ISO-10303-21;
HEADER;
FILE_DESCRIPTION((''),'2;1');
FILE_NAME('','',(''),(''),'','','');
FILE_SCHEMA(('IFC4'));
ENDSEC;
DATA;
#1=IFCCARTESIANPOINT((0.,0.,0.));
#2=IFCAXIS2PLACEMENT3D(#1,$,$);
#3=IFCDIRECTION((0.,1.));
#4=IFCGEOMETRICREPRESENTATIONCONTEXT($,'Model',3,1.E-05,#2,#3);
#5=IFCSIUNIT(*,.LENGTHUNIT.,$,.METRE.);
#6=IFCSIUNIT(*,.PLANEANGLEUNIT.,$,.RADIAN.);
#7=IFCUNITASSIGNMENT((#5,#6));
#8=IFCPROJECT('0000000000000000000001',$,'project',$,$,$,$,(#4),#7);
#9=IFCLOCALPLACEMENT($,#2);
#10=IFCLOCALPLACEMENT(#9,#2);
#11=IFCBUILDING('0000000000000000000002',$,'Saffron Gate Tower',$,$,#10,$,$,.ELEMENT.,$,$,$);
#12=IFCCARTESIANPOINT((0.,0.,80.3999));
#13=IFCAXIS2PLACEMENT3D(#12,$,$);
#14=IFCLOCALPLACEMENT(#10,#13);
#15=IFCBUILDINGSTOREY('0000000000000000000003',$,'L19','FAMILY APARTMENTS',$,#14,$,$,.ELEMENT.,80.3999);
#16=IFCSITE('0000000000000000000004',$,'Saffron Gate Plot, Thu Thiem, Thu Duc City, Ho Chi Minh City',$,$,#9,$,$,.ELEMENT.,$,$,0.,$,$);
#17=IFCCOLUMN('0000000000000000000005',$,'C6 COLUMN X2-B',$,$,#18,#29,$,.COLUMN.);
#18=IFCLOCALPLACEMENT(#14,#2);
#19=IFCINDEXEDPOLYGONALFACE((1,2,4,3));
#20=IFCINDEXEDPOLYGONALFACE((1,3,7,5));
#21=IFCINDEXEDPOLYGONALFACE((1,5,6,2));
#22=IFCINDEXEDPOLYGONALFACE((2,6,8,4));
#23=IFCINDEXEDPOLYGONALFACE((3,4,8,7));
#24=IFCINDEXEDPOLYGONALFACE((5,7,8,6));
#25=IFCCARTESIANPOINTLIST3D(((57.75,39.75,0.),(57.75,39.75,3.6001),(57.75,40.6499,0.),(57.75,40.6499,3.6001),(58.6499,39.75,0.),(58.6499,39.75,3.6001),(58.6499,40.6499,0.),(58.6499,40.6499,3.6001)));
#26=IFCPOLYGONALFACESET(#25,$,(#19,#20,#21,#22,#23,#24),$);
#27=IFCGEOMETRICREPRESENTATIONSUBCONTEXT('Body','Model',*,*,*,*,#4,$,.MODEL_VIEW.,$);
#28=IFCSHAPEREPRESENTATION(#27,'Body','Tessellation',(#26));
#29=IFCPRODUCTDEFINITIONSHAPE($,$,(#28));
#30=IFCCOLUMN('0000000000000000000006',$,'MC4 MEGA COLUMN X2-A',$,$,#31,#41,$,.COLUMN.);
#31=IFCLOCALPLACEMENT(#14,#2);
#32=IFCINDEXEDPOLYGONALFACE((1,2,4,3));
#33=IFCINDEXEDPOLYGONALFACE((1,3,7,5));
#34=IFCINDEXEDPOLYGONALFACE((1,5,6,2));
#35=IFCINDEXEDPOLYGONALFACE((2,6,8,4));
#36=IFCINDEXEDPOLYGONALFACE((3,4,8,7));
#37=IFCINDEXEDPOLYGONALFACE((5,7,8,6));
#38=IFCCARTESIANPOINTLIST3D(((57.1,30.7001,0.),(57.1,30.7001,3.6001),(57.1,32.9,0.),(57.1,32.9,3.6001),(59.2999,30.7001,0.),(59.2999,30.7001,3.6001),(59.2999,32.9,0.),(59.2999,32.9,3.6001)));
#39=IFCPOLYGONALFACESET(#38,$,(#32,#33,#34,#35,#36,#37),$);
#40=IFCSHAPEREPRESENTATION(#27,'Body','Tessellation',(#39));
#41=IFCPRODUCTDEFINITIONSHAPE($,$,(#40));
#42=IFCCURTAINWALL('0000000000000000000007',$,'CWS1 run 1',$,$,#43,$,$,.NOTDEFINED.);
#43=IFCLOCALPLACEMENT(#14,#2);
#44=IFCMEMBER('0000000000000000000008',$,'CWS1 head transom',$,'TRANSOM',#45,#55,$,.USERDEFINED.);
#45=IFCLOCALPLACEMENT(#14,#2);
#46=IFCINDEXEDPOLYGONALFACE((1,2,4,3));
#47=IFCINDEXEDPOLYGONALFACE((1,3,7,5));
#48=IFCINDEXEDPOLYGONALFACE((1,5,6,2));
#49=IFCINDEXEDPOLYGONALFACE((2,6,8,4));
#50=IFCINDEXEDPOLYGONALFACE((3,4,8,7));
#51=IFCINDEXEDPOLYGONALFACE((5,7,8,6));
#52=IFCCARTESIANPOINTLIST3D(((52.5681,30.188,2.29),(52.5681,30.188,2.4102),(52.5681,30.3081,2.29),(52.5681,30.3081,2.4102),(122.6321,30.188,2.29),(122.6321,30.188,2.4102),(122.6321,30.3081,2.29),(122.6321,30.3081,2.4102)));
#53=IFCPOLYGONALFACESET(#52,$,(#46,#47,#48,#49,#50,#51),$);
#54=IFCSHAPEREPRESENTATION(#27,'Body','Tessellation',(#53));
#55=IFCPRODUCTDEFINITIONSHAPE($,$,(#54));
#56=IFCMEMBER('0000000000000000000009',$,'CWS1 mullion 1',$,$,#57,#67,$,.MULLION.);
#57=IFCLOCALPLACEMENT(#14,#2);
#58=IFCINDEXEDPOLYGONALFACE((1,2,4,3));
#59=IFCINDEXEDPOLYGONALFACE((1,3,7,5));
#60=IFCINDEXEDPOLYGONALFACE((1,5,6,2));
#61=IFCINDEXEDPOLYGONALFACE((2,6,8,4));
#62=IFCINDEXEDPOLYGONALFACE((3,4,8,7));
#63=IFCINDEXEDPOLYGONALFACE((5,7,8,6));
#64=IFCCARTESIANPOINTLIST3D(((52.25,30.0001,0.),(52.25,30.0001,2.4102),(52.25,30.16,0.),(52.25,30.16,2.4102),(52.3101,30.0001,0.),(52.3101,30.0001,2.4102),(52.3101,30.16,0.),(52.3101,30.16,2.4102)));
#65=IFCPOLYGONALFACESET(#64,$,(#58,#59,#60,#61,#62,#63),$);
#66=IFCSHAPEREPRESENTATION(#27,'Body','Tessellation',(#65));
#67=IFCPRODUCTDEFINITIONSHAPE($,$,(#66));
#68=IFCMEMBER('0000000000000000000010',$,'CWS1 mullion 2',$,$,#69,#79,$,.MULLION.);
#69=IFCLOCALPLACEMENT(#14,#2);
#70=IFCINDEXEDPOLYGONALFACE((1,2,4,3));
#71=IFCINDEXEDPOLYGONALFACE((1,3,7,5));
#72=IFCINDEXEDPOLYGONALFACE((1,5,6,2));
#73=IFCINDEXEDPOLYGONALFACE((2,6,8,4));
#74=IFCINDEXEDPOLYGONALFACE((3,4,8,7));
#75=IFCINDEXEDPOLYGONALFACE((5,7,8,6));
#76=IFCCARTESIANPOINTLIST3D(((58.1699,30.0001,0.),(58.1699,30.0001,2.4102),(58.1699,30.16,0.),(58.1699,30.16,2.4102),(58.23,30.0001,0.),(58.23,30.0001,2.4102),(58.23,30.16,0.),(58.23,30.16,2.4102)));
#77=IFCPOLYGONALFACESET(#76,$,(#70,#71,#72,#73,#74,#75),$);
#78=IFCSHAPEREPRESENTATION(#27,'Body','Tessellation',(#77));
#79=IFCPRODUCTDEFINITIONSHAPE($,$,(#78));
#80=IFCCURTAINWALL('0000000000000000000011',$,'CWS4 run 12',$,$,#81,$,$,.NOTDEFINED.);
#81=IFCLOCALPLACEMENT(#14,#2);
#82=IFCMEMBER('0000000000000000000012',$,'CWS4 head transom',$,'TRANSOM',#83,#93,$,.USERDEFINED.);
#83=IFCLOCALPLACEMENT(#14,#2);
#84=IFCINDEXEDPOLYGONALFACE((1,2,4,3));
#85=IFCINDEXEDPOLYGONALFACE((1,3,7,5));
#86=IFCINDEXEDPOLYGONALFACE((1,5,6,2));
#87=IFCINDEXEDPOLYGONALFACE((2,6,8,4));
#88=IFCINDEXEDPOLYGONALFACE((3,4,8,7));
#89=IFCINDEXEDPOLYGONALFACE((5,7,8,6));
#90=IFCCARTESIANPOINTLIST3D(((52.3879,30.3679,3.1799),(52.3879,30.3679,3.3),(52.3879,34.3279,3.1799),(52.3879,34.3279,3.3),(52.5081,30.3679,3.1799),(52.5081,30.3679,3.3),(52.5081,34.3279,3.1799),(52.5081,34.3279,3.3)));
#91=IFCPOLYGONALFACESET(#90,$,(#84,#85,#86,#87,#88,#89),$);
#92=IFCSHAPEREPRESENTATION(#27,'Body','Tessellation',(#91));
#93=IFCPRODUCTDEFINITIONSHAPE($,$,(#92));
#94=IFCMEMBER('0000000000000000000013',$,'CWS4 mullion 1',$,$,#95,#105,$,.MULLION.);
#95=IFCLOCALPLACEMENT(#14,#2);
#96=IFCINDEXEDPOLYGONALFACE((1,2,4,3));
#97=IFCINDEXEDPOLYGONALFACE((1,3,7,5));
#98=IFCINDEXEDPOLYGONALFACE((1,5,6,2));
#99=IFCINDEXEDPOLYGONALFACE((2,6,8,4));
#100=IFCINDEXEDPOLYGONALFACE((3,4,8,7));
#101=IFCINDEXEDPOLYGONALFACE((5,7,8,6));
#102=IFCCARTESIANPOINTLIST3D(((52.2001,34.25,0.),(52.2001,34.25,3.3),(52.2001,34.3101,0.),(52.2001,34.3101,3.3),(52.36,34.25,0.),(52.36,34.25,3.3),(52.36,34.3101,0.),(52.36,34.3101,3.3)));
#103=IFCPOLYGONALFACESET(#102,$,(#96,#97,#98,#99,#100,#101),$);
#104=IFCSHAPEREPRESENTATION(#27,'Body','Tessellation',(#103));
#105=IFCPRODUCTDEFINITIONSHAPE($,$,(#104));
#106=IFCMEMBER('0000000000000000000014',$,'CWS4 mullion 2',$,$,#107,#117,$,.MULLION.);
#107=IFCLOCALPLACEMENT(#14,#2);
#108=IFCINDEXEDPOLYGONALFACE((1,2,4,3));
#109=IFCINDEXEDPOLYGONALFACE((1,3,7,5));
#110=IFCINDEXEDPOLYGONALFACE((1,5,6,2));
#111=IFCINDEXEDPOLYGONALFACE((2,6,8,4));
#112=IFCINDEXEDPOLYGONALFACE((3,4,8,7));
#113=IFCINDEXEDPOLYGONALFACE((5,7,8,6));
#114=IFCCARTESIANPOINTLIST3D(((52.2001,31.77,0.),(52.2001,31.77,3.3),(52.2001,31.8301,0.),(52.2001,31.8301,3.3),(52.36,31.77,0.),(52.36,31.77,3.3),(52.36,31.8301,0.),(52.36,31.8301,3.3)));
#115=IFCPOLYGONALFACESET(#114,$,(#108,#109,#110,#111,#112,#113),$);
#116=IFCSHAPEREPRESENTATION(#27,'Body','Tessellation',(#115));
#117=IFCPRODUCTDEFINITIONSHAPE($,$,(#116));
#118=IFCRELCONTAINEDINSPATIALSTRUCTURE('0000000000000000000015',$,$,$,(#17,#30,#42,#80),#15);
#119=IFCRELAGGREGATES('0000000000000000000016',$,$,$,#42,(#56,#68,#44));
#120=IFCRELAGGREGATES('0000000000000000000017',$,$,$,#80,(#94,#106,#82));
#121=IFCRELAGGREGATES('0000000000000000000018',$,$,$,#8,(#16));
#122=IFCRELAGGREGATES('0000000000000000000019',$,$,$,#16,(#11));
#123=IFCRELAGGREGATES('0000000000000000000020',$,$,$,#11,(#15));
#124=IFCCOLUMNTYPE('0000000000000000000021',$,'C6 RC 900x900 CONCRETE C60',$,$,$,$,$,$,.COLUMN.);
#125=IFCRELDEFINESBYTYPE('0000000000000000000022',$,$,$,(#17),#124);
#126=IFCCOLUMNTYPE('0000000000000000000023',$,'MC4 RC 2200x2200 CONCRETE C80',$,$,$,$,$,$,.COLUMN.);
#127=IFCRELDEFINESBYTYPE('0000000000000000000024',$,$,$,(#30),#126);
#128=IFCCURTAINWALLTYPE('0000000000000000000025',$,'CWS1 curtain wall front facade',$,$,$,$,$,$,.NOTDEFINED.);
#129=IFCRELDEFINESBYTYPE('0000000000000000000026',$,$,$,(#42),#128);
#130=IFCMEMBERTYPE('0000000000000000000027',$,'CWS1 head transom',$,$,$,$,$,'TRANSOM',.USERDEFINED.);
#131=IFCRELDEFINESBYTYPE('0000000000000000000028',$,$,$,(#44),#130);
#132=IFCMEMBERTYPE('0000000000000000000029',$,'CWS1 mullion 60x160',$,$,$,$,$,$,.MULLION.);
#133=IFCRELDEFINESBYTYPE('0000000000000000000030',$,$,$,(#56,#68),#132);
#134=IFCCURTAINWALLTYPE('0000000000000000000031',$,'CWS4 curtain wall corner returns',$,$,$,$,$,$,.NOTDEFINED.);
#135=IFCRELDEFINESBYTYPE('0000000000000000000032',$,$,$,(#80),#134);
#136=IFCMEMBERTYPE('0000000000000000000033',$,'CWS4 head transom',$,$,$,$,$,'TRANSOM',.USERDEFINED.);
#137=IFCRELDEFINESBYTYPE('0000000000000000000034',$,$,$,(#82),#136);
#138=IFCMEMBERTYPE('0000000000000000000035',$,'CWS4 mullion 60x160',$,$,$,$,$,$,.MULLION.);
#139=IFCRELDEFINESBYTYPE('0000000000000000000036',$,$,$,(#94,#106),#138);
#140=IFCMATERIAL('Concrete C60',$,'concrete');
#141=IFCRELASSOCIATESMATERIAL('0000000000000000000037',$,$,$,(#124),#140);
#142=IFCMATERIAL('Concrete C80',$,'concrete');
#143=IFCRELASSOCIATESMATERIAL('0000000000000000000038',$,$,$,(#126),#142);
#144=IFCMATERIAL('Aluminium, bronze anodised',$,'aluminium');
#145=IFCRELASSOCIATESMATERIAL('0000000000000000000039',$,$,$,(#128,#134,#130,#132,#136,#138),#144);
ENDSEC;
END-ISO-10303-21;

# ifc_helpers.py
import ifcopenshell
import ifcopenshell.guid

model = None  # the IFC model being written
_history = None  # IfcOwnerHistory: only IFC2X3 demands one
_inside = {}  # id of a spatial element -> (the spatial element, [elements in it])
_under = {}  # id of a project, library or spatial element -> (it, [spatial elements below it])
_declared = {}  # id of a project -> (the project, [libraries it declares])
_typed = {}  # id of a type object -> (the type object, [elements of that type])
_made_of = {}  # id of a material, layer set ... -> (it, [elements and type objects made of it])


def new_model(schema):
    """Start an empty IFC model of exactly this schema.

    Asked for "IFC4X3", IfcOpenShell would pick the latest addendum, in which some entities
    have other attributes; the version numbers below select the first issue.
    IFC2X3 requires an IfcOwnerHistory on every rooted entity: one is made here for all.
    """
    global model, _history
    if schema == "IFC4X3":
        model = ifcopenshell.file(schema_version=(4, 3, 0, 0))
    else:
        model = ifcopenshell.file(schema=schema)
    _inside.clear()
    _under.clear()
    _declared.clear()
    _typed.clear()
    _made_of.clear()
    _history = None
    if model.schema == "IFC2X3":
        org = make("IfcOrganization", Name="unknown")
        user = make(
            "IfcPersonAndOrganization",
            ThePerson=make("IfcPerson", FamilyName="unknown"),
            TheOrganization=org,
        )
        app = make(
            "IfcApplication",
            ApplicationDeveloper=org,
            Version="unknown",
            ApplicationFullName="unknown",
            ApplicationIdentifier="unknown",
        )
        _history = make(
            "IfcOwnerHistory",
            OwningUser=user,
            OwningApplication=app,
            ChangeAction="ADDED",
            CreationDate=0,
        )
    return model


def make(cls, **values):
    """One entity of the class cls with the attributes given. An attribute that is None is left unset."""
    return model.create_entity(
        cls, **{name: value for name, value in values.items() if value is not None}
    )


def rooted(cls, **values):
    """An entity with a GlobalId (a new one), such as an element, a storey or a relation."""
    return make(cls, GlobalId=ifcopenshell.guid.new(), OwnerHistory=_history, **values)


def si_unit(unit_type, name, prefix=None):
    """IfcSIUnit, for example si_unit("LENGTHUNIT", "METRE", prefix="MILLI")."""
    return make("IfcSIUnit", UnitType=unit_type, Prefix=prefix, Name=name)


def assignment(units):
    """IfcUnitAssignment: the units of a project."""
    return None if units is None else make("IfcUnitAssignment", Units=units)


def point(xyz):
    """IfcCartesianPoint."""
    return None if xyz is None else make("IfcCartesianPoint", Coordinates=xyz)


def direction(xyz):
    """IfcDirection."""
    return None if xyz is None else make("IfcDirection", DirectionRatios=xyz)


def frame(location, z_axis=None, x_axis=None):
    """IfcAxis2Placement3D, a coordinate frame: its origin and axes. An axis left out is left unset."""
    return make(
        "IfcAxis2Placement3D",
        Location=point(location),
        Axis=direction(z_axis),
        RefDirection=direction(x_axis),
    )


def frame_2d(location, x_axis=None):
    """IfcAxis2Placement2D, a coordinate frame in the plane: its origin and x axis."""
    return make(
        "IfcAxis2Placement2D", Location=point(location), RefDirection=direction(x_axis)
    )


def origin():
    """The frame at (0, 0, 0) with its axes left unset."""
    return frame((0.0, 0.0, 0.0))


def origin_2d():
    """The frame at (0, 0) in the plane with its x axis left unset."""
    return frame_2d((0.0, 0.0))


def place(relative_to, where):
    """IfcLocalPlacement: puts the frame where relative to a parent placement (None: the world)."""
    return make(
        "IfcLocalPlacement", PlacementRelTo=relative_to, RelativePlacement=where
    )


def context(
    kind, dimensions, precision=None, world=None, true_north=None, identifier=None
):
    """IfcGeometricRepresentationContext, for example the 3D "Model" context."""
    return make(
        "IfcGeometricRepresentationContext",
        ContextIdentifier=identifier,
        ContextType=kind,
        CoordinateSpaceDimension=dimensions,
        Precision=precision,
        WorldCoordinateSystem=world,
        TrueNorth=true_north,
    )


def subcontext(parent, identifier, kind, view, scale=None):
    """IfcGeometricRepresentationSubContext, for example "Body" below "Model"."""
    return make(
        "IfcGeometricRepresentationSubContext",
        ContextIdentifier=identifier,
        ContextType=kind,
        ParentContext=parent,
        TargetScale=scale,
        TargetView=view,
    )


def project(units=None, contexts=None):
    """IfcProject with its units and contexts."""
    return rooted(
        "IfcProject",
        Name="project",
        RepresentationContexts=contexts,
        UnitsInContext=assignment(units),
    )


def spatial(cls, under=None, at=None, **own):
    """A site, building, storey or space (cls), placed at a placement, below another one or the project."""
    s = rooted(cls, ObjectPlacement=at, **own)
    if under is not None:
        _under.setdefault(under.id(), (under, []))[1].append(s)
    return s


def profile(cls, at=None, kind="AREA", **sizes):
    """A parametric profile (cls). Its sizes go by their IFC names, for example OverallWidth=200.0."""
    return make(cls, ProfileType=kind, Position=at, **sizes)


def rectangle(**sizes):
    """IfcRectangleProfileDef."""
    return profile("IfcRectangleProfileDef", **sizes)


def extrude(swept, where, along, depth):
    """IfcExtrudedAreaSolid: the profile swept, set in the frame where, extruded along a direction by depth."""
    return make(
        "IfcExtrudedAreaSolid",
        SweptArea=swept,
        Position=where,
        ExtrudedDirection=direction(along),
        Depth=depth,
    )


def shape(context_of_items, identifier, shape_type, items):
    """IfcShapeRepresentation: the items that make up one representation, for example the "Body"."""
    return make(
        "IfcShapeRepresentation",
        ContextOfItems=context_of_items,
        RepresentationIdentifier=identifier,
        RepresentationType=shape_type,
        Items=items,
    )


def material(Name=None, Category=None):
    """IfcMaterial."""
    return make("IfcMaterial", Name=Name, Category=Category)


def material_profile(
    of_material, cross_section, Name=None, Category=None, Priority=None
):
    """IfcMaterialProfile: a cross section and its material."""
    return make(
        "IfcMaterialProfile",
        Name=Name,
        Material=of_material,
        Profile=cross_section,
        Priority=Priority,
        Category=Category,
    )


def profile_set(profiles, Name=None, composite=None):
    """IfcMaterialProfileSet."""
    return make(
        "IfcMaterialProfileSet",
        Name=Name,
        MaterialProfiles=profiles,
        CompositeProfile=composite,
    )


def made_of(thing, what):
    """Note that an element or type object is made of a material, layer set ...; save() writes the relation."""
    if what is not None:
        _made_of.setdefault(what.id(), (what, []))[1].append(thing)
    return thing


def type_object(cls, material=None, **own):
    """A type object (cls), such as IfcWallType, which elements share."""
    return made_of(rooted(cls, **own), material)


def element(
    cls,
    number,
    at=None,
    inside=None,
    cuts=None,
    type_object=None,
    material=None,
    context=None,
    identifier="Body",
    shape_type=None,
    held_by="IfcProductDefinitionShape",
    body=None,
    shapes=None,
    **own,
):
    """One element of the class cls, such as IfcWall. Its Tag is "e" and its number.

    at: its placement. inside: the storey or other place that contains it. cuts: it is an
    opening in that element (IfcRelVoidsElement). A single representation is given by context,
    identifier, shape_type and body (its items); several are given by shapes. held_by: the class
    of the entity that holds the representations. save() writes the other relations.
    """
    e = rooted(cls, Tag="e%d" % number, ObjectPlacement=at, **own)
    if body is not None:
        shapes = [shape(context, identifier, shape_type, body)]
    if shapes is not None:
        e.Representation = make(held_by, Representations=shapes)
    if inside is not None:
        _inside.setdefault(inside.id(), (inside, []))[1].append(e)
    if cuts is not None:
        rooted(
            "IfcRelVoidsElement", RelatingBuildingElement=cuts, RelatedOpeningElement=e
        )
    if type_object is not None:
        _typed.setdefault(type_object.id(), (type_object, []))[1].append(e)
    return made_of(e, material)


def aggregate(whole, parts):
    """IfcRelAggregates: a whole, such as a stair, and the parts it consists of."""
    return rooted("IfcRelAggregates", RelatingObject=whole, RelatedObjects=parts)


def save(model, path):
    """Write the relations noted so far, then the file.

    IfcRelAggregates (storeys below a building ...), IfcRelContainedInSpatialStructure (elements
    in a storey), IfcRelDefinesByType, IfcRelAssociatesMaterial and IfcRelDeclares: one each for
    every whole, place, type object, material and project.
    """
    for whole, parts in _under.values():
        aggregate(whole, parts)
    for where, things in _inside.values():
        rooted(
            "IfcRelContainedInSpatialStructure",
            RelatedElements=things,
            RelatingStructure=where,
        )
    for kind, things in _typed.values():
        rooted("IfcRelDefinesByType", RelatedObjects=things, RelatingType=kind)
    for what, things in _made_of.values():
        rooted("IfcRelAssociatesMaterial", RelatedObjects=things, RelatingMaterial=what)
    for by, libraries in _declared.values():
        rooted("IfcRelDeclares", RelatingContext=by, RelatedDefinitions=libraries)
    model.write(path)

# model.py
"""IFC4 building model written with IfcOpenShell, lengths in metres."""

from ifc_helpers import new_model, si_unit, direction, frame, origin, origin_2d, place, context, subcontext, project, spatial, rectangle, extrude, material, material_profile, profile_set, type_object, element, aggregate, save


model = new_model("IFC4")

# Units and contexts
model_context = context("Model", 3, precision=1e-05, world=origin(), true_north=direction((0.0, 1.0)))
body_context = subcontext(model_context, "Body", "Model", "MODEL_VIEW")
ifc_project = project(units=[si_unit("LENGTHUNIT", "METRE"), si_unit("PLANEANGLEUNIT", "RADIAN")], contexts=[model_context])

# Site, building, storey
site_placement = place(None, origin())
site = spatial("IfcSite", under=ifc_project, at=site_placement, Name="Saffron Gate Plot, Thu Thiem, Thu Duc City, Ho Chi Minh City", CompositionType="ELEMENT", RefElevation=0.0)
building_placement = place(site_placement, origin())
building = spatial("IfcBuilding", under=site, at=building_placement, Name="Saffron Gate Tower", CompositionType="ELEMENT")
storey_placement = place(building_placement, frame((0.0, 0.0, 80.3999)))
storey = spatial("IfcBuildingStorey", under=building, at=storey_placement, Name="L19", Description="FAMILY APARTMENTS", CompositionType="ELEMENT", Elevation=80.3999)

# Columns
ifc_material_1 = material(Name="Concrete C60", Category="concrete")
ifc_material_profile_1 = material_profile(ifc_material_1, rectangle(XDim=0.8999, YDim=0.8999, at=origin_2d()))
ifc_profile_set_1 = profile_set([ifc_material_profile_1], Name="Concrete C60")
column_type_1 = type_object("IfcColumnType", Name="C6 RC 900x900 CONCRETE C60", PredefinedType="COLUMN", material=ifc_profile_set_1)
column_1_placement = place(storey_placement, frame((58.2, 40.2, 0.0), z_axis=(0.0, 0.0, 1.0), x_axis=(1.0, 0.0, 0.0)))
element("IfcColumn", 1, at=column_1_placement, inside=storey, type_object=column_type_1, Name="C6 COLUMN X2-B", PredefinedType="COLUMN", context=body_context, shape_type="SweptSolid", body=[
    extrude(rectangle(XDim=0.8999, YDim=0.8999, at=origin_2d()), origin(), (0.0, 0.0, 1.0), 3.6001),
])
ifc_material_2 = material(Name="Concrete C80", Category="concrete")
ifc_material_profile_2 = material_profile(ifc_material_2, rectangle(XDim=2.2, YDim=2.2, at=origin_2d()))
ifc_profile_set_2 = profile_set([ifc_material_profile_2], Name="Concrete C80")
column_type_2 = type_object("IfcColumnType", Name="MC4 RC 2200x2200 CONCRETE C80", PredefinedType="COLUMN", material=ifc_profile_set_2)
column_2_placement = place(storey_placement, frame((58.2, 31.8, 0.0), z_axis=(0.0, 0.0, 1.0), x_axis=(1.0, 0.0, 0.0)))
element("IfcColumn", 2, at=column_2_placement, inside=storey, type_object=column_type_2, Name="MC4 MEGA COLUMN X2-A", PredefinedType="COLUMN", context=body_context, shape_type="SweptSolid", body=[
    extrude(rectangle(XDim=2.2, YDim=2.2, at=origin_2d()), origin(), (0.0, 0.0, 1.0), 3.6001),
])

# Curtain walls, members
ifc_material_3 = material(Name="Aluminium, bronze anodised", Category="aluminium")
curtain_wall_type_1 = type_object("IfcCurtainWallType", Name="CWS1 curtain wall front facade", PredefinedType="NOTDEFINED", material=ifc_material_3)
curtain_wall_1_placement = place(storey_placement, origin())
curtain_wall_1 = element("IfcCurtainWall", 3, at=curtain_wall_1_placement, inside=storey, type_object=curtain_wall_type_1, Name="CWS1 run 1", PredefinedType="NOTDEFINED")
ifc_material_profile_3 = material_profile(ifc_material_3, rectangle(XDim=0.1201, YDim=0.1201, at=origin_2d()))
ifc_profile_set_3 = profile_set([ifc_material_profile_3], Name="Aluminium, bronze anodised")
member_type_1 = type_object("IfcMemberType", Name="CWS1 head transom", ElementType="TRANSOM", PredefinedType="USERDEFINED", material=ifc_profile_set_3)
member_1_placement = place(storey_placement, frame((52.5681, 30.248, 2.3501), z_axis=(1.0, 0.0, 0.0), x_axis=(0.0, 1.0, 0.0)))
member_1 = element("IfcMember", 4, at=member_1_placement, type_object=member_type_1, Name="CWS1 head transom", ObjectType="TRANSOM", PredefinedType="USERDEFINED", context=body_context, shape_type="SweptSolid", body=[
    extrude(rectangle(XDim=0.1201, YDim=0.1201, at=origin_2d()), origin(), (0.0, 0.0, 1.0), 70.064),
])
ifc_material_profile_4 = material_profile(ifc_material_3, rectangle(XDim=0.1599, YDim=0.0601, at=origin_2d()))
ifc_profile_set_4 = profile_set([ifc_material_profile_4], Name="Aluminium, bronze anodised")
member_type_2 = type_object("IfcMemberType", Name="CWS1 mullion 60x160", PredefinedType="MULLION", material=ifc_profile_set_4)
member_2_placement = place(storey_placement, frame((52.28, 30.0801, 0.0), z_axis=(0.0, 0.0, 1.0), x_axis=(0.0, 1.0, 0.0)))
member_2 = element("IfcMember", 5, at=member_2_placement, type_object=member_type_2, Name="CWS1 mullion 1", PredefinedType="MULLION", context=body_context, shape_type="SweptSolid", body=[
    extrude(rectangle(XDim=0.1599, YDim=0.0601, at=origin_2d()), origin(), (0.0, 0.0, 1.0), 2.4102),
])
member_3_placement = place(storey_placement, frame((58.2, 30.0801, 0.0), z_axis=(0.0, 0.0, 1.0), x_axis=(0.0, 1.0, 0.0)))
member_3 = element("IfcMember", 6, at=member_3_placement, type_object=member_type_2, Name="CWS1 mullion 2", PredefinedType="MULLION", context=body_context, shape_type="SweptSolid", body=[
    extrude(rectangle(XDim=0.1599, YDim=0.0601, at=origin_2d()), origin(), (0.0, 0.0, 1.0), 2.4102),
])
curtain_wall_type_2 = type_object("IfcCurtainWallType", Name="CWS4 curtain wall corner returns", PredefinedType="NOTDEFINED", material=ifc_material_3)
curtain_wall_2_placement = place(storey_placement, origin())
curtain_wall_2 = element("IfcCurtainWall", 7, at=curtain_wall_2_placement, inside=storey, type_object=curtain_wall_type_2, Name="CWS4 run 12", PredefinedType="NOTDEFINED")
ifc_material_profile_5 = material_profile(ifc_material_3, rectangle(XDim=0.1201, YDim=0.1201, at=origin_2d()))
ifc_profile_set_5 = profile_set([ifc_material_profile_5], Name="Aluminium, bronze anodised")
member_type_3 = type_object("IfcMemberType", Name="CWS4 head transom", ElementType="TRANSOM", PredefinedType="USERDEFINED", material=ifc_profile_set_5)
member_4_placement = place(storey_placement, frame((52.448, 34.3279, 3.24), z_axis=(0.0, -1.0, 0.0), x_axis=(1.0, 0.0, 0.0)))
member_4 = element("IfcMember", 8, at=member_4_placement, type_object=member_type_3, Name="CWS4 head transom", ObjectType="TRANSOM", PredefinedType="USERDEFINED", context=body_context, shape_type="SweptSolid", body=[
    extrude(rectangle(XDim=0.1201, YDim=0.1201, at=origin_2d()), origin(), (0.0, 0.0, 1.0), 3.96),
])
ifc_material_profile_6 = material_profile(ifc_material_3, rectangle(XDim=0.1599, YDim=0.0601, at=origin_2d()))
ifc_profile_set_6 = profile_set([ifc_material_profile_6], Name="Aluminium, bronze anodised")
member_type_4 = type_object("IfcMemberType", Name="CWS4 mullion 60x160", PredefinedType="MULLION", material=ifc_profile_set_6)
member_5_placement = place(storey_placement, frame((52.28, 34.28, 0.0), z_axis=(0.0, 0.0, 1.0), x_axis=(1.0, 0.0, 0.0)))
member_5 = element("IfcMember", 9, at=member_5_placement, type_object=member_type_4, Name="CWS4 mullion 1", PredefinedType="MULLION", context=body_context, shape_type="SweptSolid", body=[
    extrude(rectangle(XDim=0.1599, YDim=0.0601, at=origin_2d()), origin(), (0.0, 0.0, 1.0), 3.3),
])
member_6_placement = place(storey_placement, frame((52.28, 31.8, 0.0), z_axis=(0.0, 0.0, 1.0), x_axis=(1.0, 0.0, 0.0)))
member_6 = element("IfcMember", 10, at=member_6_placement, type_object=member_type_4, Name="CWS4 mullion 2", PredefinedType="MULLION", context=body_context, shape_type="SweptSolid", body=[
    extrude(rectangle(XDim=0.1599, YDim=0.0601, at=origin_2d()), origin(), (0.0, 0.0, 1.0), 3.3),
])

aggregate(curtain_wall_1, [member_2, member_3, member_1])

aggregate(curtain_wall_2, [member_5, member_6, member_4])

save(model, "model.ifc")
